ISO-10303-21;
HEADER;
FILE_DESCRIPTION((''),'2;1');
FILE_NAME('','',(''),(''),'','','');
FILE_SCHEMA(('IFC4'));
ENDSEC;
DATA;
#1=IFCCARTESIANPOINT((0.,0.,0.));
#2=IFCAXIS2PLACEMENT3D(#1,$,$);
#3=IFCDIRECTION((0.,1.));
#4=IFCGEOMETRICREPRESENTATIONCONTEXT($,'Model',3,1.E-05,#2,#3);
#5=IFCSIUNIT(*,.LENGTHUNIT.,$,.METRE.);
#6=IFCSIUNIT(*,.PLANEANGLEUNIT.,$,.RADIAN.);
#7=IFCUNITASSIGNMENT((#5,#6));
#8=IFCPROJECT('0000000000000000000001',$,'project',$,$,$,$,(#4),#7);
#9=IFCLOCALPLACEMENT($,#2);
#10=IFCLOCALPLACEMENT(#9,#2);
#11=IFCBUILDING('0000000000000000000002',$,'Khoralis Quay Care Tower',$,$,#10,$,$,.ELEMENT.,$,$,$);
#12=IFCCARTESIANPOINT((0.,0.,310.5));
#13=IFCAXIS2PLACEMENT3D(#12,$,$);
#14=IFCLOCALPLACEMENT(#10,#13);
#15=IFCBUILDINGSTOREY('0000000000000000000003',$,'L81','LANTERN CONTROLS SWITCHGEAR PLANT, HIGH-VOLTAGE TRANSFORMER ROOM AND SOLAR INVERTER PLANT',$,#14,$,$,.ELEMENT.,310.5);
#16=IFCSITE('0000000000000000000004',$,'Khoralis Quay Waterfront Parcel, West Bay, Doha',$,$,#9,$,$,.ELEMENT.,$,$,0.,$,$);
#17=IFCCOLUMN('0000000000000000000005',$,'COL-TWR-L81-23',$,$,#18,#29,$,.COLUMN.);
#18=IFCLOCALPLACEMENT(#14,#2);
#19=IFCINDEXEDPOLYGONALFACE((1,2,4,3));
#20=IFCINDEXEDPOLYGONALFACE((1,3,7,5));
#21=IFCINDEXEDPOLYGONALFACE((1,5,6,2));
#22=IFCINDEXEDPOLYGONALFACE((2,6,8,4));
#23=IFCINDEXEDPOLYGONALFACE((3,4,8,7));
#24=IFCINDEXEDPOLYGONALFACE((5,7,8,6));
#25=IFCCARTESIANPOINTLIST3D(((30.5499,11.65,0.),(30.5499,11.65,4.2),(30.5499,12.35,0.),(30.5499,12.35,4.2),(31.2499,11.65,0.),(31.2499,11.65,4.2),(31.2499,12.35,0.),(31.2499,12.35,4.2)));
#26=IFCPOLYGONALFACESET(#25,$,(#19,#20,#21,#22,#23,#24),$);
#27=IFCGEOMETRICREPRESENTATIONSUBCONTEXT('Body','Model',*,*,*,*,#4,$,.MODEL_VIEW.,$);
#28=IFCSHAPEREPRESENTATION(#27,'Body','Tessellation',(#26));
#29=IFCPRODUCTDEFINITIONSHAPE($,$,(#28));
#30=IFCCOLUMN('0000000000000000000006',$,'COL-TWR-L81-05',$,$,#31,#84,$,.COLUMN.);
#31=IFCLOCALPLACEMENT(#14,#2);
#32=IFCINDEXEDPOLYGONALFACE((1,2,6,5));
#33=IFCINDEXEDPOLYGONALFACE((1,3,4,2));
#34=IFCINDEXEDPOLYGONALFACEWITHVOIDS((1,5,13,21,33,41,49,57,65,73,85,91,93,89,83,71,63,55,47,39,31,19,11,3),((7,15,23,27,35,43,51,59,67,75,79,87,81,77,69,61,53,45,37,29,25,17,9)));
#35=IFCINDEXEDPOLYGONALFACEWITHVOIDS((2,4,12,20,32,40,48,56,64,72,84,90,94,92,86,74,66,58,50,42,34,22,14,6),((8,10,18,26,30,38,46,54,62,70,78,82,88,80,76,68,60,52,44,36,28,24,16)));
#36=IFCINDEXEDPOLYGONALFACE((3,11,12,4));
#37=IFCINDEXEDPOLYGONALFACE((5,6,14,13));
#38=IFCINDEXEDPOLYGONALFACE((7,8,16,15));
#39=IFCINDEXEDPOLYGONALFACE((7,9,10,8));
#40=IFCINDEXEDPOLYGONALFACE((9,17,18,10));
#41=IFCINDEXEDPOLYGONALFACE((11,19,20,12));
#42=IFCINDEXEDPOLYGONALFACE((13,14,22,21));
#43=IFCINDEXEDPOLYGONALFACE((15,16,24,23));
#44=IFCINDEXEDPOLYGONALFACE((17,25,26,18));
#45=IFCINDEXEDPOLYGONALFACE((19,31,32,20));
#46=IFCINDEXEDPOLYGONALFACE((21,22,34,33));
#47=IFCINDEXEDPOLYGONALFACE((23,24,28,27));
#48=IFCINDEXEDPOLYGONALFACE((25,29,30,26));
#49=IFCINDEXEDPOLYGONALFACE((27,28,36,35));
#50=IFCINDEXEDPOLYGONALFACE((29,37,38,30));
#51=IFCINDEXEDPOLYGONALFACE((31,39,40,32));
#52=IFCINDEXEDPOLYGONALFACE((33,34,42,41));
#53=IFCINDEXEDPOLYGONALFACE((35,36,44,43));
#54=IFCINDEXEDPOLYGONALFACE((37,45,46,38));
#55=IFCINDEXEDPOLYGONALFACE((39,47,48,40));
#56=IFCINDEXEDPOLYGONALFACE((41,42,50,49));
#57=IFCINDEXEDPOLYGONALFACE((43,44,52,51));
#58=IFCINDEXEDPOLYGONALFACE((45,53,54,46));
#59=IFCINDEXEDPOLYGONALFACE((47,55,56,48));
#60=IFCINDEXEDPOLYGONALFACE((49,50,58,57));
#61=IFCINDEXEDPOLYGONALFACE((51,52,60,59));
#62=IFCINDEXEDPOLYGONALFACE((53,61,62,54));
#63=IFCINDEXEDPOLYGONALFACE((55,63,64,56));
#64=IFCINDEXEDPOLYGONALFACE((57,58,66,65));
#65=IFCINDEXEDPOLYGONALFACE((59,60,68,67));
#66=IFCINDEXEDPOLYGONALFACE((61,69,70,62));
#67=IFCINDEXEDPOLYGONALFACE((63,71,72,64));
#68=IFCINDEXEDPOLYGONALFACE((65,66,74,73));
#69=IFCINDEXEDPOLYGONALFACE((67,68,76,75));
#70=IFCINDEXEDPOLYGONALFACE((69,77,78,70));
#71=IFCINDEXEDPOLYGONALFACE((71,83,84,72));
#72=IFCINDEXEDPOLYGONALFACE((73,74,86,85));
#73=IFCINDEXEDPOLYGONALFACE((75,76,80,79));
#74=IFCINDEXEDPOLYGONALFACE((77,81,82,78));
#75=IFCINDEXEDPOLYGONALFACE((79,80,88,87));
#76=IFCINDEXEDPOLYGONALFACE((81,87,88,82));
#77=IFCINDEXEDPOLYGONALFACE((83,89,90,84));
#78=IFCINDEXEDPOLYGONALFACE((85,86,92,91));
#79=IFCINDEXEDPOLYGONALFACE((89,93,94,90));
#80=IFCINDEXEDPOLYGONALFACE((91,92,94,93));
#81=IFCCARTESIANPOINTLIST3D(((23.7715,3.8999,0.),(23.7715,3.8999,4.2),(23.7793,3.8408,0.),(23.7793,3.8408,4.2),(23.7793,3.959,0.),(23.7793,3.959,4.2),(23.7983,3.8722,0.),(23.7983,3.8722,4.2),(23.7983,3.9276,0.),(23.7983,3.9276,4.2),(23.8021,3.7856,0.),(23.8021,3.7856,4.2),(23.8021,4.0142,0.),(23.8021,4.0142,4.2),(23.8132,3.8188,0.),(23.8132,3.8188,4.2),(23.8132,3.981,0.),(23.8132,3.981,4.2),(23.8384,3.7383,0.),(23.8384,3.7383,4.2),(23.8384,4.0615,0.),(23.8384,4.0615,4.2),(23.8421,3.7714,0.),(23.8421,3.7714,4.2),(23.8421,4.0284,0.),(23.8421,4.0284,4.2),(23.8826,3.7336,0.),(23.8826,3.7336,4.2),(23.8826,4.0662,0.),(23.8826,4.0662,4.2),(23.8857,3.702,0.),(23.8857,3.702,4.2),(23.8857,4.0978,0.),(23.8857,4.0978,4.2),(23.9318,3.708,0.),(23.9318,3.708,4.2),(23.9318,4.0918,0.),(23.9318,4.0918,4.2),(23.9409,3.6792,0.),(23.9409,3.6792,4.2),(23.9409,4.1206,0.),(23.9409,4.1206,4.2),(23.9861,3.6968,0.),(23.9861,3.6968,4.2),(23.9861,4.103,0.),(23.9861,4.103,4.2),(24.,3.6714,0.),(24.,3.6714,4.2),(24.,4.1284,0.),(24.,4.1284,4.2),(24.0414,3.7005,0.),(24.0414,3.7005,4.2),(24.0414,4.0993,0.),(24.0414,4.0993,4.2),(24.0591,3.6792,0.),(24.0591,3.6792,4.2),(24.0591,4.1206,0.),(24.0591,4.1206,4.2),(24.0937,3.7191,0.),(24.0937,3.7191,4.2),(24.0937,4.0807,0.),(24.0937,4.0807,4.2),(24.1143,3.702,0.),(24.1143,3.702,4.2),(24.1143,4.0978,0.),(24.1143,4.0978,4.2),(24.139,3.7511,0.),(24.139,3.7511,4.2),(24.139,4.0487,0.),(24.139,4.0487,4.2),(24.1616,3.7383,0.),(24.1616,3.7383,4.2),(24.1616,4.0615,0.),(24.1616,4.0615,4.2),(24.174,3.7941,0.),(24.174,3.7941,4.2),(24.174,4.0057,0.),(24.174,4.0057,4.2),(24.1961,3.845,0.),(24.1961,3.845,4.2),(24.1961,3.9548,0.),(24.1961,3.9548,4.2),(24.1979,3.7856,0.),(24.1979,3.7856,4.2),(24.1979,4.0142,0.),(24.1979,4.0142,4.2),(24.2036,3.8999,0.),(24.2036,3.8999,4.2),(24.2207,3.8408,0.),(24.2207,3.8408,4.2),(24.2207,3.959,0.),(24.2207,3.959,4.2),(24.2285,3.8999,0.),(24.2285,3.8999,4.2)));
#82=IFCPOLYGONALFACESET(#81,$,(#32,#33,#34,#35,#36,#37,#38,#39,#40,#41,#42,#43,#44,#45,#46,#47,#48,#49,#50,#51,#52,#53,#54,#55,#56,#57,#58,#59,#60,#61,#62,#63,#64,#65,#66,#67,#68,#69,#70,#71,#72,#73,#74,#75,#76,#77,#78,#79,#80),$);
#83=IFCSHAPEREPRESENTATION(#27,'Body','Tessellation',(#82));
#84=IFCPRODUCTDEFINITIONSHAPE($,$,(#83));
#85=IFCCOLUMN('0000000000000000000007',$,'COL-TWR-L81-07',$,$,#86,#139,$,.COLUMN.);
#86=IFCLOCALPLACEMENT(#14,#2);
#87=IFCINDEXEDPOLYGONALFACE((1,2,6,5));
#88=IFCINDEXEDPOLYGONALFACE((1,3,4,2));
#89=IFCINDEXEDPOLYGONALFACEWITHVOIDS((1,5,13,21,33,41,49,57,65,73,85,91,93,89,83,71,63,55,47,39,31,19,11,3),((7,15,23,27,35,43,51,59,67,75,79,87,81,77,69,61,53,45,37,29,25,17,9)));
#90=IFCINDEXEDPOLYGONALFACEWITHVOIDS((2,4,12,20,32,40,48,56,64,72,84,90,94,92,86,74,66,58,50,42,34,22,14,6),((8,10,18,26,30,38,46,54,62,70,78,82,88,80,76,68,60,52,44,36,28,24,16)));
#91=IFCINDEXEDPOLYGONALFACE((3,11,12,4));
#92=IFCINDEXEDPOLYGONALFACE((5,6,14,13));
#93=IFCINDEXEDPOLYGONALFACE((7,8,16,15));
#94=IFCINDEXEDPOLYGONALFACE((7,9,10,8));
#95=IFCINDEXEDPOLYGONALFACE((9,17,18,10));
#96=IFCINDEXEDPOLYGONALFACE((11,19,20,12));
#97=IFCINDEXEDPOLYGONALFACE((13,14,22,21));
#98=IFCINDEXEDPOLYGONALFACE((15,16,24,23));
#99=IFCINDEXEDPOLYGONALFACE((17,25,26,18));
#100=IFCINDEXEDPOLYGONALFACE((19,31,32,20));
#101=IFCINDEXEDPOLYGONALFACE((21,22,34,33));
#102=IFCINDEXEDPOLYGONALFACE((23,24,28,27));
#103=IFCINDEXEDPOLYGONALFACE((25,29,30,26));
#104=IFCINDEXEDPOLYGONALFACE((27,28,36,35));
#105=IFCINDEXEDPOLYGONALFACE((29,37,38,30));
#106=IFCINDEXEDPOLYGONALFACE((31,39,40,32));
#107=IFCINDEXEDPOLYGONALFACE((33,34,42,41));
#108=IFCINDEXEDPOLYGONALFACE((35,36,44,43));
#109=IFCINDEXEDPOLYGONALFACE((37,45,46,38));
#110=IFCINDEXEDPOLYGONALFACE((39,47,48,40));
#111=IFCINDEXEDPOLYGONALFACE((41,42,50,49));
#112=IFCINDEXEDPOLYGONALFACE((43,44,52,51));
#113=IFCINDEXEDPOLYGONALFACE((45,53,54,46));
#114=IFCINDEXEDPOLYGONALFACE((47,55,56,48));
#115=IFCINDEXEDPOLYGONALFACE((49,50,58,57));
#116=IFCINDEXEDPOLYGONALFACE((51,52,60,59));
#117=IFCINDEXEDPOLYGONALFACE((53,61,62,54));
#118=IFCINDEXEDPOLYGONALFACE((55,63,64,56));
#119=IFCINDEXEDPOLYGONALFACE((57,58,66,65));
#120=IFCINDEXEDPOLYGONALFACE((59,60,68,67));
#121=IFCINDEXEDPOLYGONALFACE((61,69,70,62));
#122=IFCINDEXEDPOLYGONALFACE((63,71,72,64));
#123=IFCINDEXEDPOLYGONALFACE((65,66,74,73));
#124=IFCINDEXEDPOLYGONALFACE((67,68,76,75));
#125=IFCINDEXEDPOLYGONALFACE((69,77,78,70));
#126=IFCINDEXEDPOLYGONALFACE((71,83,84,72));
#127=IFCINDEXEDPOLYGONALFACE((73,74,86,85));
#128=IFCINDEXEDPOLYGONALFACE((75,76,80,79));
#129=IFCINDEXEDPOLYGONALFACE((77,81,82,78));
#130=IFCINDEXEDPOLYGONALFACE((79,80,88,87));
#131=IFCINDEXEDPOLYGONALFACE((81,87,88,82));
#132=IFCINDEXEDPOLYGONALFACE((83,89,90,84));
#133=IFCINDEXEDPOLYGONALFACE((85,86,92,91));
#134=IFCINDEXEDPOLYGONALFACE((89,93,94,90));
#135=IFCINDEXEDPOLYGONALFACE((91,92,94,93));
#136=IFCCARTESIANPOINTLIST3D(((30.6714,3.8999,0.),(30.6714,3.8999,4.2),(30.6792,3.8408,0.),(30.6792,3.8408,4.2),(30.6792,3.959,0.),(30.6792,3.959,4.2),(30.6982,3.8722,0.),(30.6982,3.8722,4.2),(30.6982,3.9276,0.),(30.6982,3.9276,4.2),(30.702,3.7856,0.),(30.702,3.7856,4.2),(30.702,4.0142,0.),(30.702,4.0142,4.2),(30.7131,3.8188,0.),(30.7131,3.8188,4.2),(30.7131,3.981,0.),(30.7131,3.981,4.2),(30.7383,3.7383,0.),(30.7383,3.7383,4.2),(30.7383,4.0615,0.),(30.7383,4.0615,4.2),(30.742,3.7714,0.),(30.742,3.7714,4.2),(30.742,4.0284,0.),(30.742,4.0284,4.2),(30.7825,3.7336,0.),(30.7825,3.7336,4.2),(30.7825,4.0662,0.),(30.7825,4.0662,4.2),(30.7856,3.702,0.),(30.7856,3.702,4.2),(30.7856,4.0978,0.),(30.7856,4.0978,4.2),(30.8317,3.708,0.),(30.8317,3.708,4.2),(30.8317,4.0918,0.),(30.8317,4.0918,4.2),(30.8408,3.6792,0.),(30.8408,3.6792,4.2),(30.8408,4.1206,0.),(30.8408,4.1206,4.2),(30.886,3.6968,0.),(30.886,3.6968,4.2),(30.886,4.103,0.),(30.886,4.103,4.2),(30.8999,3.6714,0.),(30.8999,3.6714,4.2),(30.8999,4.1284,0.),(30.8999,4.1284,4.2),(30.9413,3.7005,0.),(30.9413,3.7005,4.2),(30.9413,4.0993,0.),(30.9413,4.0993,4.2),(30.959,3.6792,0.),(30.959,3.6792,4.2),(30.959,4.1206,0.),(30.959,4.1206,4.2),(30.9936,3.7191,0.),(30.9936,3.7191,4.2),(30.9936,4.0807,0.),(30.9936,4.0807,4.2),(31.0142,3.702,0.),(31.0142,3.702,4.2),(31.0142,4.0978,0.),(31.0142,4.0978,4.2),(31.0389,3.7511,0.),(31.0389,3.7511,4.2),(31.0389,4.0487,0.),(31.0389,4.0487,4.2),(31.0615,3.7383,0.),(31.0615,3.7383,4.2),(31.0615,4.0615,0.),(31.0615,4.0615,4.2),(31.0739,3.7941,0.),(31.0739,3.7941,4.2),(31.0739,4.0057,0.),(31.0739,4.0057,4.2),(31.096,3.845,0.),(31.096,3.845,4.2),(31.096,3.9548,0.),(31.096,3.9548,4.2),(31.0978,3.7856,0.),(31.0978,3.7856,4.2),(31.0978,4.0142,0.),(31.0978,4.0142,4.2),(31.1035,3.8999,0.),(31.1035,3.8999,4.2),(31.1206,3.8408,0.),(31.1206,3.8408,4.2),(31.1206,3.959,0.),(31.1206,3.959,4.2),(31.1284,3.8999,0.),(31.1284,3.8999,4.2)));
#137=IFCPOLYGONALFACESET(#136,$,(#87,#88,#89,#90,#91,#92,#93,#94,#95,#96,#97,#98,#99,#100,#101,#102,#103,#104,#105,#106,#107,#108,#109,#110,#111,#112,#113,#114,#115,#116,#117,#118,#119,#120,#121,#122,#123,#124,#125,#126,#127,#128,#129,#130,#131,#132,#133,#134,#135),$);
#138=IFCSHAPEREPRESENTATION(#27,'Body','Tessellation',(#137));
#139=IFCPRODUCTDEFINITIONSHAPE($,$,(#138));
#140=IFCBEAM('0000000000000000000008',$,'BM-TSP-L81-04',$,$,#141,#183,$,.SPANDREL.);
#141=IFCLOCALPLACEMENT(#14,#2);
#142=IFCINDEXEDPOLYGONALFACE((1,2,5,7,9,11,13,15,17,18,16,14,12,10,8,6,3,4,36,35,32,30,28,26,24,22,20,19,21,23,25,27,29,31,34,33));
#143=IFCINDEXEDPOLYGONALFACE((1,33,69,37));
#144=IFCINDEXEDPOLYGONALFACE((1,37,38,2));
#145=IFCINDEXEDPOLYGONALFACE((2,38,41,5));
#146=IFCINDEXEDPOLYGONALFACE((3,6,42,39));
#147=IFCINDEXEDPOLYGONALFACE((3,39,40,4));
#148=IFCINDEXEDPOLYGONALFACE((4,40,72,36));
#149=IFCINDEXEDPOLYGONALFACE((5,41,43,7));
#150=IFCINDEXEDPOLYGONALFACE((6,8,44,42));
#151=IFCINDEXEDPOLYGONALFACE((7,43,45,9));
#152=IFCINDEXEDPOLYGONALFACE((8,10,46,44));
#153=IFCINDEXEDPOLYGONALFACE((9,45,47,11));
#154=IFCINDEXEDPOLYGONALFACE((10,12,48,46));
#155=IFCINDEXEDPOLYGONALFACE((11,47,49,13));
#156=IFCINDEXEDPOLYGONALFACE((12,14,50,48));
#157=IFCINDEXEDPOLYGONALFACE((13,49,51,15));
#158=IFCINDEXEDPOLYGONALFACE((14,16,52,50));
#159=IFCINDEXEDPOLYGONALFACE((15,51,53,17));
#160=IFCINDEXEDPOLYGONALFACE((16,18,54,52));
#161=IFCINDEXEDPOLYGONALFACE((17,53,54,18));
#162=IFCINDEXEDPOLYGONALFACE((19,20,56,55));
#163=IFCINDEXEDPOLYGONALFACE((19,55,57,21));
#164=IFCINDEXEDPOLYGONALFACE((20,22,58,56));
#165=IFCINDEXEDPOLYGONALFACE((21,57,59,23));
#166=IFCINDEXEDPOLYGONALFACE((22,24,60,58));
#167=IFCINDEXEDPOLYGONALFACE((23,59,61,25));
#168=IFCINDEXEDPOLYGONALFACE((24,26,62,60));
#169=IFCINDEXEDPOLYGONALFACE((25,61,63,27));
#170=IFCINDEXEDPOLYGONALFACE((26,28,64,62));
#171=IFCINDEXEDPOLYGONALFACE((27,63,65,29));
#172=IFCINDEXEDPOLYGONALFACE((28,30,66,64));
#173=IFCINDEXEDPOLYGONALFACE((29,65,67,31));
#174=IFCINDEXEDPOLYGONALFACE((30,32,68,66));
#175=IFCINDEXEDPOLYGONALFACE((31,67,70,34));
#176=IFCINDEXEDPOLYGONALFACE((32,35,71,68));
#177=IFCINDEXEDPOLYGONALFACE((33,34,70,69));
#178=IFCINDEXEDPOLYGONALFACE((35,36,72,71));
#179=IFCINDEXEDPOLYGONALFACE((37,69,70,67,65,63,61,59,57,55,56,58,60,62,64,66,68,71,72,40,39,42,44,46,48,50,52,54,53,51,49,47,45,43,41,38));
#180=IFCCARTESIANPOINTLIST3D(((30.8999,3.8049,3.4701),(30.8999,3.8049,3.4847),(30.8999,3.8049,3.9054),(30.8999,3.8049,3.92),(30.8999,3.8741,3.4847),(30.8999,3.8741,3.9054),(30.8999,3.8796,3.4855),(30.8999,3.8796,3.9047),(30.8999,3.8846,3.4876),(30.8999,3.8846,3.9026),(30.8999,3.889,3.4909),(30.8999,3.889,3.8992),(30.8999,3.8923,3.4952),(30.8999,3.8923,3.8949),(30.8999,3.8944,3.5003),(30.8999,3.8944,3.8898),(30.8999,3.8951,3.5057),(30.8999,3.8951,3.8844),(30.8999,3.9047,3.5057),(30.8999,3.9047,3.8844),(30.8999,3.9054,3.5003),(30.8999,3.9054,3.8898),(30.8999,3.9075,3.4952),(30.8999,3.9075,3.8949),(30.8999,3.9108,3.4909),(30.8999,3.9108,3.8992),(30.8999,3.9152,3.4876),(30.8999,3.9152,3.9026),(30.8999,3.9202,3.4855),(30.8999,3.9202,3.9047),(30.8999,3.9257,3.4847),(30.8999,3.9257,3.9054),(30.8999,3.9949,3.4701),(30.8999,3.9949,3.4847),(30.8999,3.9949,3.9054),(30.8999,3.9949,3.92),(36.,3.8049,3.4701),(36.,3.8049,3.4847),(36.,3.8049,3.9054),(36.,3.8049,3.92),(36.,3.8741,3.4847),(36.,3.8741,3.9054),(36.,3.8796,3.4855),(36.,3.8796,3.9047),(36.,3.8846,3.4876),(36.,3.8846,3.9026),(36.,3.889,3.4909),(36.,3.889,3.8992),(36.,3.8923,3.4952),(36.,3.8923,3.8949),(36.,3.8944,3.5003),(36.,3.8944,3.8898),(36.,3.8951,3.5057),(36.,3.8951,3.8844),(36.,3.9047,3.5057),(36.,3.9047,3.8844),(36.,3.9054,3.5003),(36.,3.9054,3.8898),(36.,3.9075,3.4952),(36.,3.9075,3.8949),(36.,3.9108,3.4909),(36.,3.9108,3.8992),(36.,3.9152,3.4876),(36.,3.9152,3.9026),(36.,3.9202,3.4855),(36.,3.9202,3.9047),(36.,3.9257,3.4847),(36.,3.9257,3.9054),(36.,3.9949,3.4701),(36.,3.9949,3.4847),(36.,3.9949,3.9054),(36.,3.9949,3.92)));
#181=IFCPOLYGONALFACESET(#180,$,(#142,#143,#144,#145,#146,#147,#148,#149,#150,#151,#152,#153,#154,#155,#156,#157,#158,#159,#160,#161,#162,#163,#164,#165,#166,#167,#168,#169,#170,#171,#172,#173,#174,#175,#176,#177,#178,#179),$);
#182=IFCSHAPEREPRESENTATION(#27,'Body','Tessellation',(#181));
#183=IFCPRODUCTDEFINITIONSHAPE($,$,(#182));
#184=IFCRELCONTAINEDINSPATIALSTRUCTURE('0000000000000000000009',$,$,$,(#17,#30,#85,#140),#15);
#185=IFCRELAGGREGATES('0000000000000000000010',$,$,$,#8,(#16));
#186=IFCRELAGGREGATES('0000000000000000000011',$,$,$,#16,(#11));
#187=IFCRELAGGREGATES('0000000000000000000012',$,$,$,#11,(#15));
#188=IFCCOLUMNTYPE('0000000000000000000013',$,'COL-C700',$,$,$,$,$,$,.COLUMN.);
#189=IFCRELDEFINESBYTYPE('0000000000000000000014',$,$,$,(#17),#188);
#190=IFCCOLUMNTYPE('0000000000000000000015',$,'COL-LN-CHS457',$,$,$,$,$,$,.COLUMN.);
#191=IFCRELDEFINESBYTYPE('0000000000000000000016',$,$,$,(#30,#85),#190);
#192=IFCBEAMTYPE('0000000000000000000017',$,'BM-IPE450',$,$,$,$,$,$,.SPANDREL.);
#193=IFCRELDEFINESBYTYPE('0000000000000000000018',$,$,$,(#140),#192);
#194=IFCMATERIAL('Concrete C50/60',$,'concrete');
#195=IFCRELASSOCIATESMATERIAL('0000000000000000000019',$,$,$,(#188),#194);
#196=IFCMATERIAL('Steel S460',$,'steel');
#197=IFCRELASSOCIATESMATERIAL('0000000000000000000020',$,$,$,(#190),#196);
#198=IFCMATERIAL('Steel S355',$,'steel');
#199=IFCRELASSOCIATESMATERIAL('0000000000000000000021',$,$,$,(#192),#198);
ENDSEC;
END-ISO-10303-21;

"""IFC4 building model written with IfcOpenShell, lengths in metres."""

from ifc_helpers import new_model, si_unit, direction, frame, origin, origin_2d, place, context, subcontext, project, spatial, rectangle, hollow_circle, i_section, extrude, source, transform, mapped, material, material_profile, profile_set, type_object, element, save


model = new_model("IFC4")

# Units and contexts
model_context = context("Model", 3, precision=1e-05, world=origin(), true_north=direction((0.0, 1.0)))
body_context = subcontext(model_context, "Body", "Model", "MODEL_VIEW")
ifc_project = project(units=[si_unit("LENGTHUNIT", "METRE"), si_unit("PLANEANGLEUNIT", "RADIAN")], contexts=[model_context])

# Site, building, storey
site_placement = place(None, origin())
site = spatial("IfcSite", under=ifc_project, at=site_placement, Name="Khoralis Quay Waterfront Parcel, West Bay, Doha", CompositionType="ELEMENT", RefElevation=0.0)
building_placement = place(site_placement, origin())
building = spatial("IfcBuilding", under=site, at=building_placement, Name="Khoralis Quay Care Tower", CompositionType="ELEMENT")
storey_placement = place(building_placement, frame((0.0, 0.0, 310.5)))
storey = spatial("IfcBuildingStorey", under=building, at=storey_placement, Name="L81", Description="LANTERN CONTROLS SWITCHGEAR PLANT, HIGH-VOLTAGE TRANSFORMER ROOM AND SOLAR INVERTER PLANT", CompositionType="ELEMENT", Elevation=310.5)

# Columns
ifc_material_1 = material(Name="Concrete C50/60", Category="concrete")
ifc_material_profile_1 = material_profile(ifc_material_1, rectangle(XDim=0.7, YDim=0.7, at=origin_2d()), Name="Concrete C50/60")
ifc_profile_set_1 = profile_set([ifc_material_profile_1], Name="Concrete C50/60")
column_type_1 = type_object("IfcColumnType", Name="COL-C700", PredefinedType="COLUMN", material=ifc_profile_set_1)
shared_shape_1 = source(origin(), body_context, "Body", "SweptSolid", [
    extrude(rectangle(XDim=0.7, YDim=0.7, at=origin_2d()), origin(), (0.0, 0.0, 1.0), 4.2),
])
column_placement = place(storey_placement, frame((30.8999, 12.0, 0.0), z_axis=(0.0, 0.0, 1.0), x_axis=(1.0, 0.0, 0.0)))
element("IfcColumn", 1, at=column_placement, inside=storey, type_object=column_type_1, Name="COL-TWR-L81-23", PredefinedType="COLUMN", context=body_context, shape_type="MappedRepresentation", body=[
    mapped(shared_shape_1, transform((0.0, 0.0, 0.0), scale=1.0)),
])
ifc_material_2 = material(Name="Steel S460", Category="steel")
ifc_material_profile_2 = material_profile(ifc_material_2, hollow_circle(Radius=0.2285, WallThickness=0.0249, at=origin_2d()), Name="Steel S460")
ifc_profile_set_2 = profile_set([ifc_material_profile_2], Name="Steel S460")
column_type_2 = type_object("IfcColumnType", Name="COL-LN-CHS457", PredefinedType="COLUMN", material=ifc_profile_set_2)
shared_shape_2 = source(origin(), body_context, "Body", "SweptSolid", [
    extrude(hollow_circle(Radius=0.2285, WallThickness=0.0249, at=origin_2d()), origin(), (0.0, 0.0, 1.0), 4.2),
])
for number, where, z_axis, x_axis, name in (
    (2, (24.0, 3.8999, 0.0), (0.0, 0.0, 1.0), (1.0, 0.0, 0.0), "COL-TWR-L81-05"),
    (3, (30.8999, 3.8999, 0.0), (0.0, 0.0, 1.0), (1.0, 0.0, 0.0), "COL-TWR-L81-07"),
):
    element("IfcColumn", number, at=place(storey_placement, frame(where, z_axis=z_axis, x_axis=x_axis)), inside=storey, type_object=column_type_2, Name=name, PredefinedType="COLUMN", context=body_context, shape_type="MappedRepresentation", body=[
        mapped(shared_shape_2, transform((0.0, 0.0, 0.0), scale=1.0)),
    ])

# Beam
ifc_material_3 = material(Name="Steel S355", Category="steel")
ifc_material_profile_3 = material_profile(ifc_material_3, i_section(OverallWidth=0.1899, OverallDepth=0.45, WebThickness=0.0095, FlangeThickness=0.0146, FilletRadius=0.021, at=origin_2d()), Name="Steel S355")
ifc_profile_set_3 = profile_set([ifc_material_profile_3], Name="Steel S355")
beam_type_1 = type_object("IfcBeamType", Name="BM-IPE450", PredefinedType="SPANDREL", material=ifc_profile_set_3)
shared_shape_3 = source(origin(), body_context, "Body", "SweptSolid", [
    extrude(i_section(OverallWidth=0.1899, OverallDepth=0.45, WebThickness=0.0095, FlangeThickness=0.0146, FilletRadius=0.021, at=origin_2d()), origin(), (0.0, 0.0, 1.0), 5.1001),
])
beam_1_placement = place(storey_placement, frame((30.8999, 3.8999, 3.6951), z_axis=(1.0, 0.0, 0.0), x_axis=(0.0, 1.0, 0.0)))
element("IfcBeam", 4, at=beam_1_placement, inside=storey, type_object=beam_type_1, Name="BM-TSP-L81-04", PredefinedType="SPANDREL", context=body_context, shape_type="MappedRepresentation", body=[
    mapped(shared_shape_3, transform((0.0, 0.0, 0.0), scale=1.0)),
])

save(model, "model.ifc")
